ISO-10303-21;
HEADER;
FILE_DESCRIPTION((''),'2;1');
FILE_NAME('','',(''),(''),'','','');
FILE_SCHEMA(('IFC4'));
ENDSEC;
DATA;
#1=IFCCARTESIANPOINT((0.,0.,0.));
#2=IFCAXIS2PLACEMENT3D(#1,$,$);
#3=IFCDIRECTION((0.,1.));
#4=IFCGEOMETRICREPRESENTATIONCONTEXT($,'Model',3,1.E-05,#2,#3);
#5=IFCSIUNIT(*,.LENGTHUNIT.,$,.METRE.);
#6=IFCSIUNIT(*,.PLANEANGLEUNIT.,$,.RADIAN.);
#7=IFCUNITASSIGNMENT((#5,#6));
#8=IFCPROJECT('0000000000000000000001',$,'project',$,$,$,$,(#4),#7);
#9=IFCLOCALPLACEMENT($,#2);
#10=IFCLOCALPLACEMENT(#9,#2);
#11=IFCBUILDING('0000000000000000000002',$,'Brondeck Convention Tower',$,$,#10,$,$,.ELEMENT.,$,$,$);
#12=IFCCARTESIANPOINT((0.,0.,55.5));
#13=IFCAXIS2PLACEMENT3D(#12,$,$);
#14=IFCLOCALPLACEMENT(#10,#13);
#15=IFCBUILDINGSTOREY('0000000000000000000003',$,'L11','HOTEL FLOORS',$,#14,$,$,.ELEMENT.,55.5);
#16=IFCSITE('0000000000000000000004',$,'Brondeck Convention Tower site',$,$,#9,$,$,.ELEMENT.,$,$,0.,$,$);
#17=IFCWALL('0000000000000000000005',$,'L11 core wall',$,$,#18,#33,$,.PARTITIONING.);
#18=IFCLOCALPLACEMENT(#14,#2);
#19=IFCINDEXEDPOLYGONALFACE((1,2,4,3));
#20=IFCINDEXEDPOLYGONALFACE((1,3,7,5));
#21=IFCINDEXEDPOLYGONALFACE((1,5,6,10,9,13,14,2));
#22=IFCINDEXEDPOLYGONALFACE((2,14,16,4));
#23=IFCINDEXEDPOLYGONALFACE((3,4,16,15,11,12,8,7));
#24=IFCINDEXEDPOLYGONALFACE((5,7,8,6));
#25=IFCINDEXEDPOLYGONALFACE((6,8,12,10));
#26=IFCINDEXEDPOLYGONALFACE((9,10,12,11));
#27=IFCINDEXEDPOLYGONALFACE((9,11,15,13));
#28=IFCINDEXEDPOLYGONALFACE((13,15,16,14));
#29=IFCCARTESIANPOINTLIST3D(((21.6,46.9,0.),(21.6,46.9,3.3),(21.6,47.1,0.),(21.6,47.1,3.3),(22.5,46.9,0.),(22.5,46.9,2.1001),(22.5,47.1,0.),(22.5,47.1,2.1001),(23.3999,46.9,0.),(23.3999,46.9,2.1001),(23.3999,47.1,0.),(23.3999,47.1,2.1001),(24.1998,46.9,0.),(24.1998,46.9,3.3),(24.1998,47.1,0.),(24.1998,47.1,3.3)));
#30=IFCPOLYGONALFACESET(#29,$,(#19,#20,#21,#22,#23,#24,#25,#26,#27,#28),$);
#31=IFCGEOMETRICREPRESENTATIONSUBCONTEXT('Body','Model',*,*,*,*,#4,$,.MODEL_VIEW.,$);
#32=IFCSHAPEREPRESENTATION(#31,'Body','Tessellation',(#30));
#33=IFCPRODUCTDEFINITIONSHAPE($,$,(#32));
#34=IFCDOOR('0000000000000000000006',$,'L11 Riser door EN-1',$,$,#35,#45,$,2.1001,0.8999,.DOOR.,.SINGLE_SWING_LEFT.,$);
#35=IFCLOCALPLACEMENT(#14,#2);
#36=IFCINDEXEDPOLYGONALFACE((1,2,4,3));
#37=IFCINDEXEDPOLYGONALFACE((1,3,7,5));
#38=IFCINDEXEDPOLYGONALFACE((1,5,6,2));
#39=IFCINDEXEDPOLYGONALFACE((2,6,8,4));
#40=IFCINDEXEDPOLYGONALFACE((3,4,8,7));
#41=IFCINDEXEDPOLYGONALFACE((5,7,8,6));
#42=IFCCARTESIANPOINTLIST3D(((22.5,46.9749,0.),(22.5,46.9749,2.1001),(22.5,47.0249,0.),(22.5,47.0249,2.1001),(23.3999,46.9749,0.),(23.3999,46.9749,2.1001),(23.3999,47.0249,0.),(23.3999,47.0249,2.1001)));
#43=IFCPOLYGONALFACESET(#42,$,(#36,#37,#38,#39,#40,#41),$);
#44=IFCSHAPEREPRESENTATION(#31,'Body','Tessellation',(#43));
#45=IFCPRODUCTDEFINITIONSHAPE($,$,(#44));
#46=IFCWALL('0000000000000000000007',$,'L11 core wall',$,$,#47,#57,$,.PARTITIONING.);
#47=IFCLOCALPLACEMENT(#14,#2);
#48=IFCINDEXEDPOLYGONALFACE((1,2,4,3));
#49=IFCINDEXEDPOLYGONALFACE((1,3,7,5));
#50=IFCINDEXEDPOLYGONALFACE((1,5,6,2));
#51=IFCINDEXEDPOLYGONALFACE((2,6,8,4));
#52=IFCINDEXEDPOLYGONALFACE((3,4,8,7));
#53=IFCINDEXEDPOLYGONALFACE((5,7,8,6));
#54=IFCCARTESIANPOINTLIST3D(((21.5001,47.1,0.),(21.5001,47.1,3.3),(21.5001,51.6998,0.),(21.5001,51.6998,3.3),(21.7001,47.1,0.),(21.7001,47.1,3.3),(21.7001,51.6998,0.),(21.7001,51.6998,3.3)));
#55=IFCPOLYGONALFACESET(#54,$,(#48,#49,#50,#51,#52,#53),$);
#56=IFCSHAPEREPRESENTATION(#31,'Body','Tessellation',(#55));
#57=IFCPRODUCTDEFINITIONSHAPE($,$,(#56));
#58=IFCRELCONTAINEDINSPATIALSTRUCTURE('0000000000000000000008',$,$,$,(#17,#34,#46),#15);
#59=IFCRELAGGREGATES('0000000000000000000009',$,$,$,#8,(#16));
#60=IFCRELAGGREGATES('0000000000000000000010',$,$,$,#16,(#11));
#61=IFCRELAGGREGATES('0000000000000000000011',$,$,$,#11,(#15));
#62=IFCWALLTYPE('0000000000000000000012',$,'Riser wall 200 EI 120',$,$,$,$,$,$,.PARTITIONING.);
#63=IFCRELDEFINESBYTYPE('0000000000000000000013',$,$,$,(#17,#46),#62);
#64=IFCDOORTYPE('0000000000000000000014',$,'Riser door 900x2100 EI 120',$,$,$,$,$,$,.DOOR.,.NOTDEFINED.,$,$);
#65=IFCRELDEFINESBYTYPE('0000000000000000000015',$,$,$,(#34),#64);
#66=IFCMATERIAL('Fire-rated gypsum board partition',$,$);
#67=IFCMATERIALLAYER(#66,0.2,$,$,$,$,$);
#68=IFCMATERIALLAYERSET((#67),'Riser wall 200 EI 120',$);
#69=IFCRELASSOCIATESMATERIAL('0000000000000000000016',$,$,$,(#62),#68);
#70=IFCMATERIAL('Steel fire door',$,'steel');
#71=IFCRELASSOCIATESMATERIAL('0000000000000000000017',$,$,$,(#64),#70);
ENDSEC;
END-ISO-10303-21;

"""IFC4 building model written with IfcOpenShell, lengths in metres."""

from ifc_helpers import new_model, si_unit, direction, frame, frame_2d, origin, place, context, subcontext, project, spatial, rectangle, extrude, material, layer, layer_set, type_object, element, fill, save


model = new_model("IFC4")

# Units and contexts
model_context = context("Model", 3, precision=1e-05, world=origin(), true_north=direction((0.0, 1.0)))
body_context = subcontext(model_context, "Body", "Model", "MODEL_VIEW")
ifc_project = project(units=[si_unit("LENGTHUNIT", "METRE"), si_unit("PLANEANGLEUNIT", "RADIAN")], contexts=[model_context])

# Site, building, storey
site_placement = place(None, origin())
site = spatial("IfcSite", under=ifc_project, at=site_placement, Name="Brondeck Convention Tower site", CompositionType="ELEMENT", RefElevation=0.0)
building_placement = place(site_placement, origin())
building = spatial("IfcBuilding", under=site, at=building_placement, Name="Brondeck Convention Tower", CompositionType="ELEMENT")
storey_placement = place(building_placement, frame((0.0, 0.0, 55.5)))
storey = spatial("IfcBuildingStorey", under=building, at=storey_placement, Name="L11", Description="HOTEL FLOORS", CompositionType="ELEMENT", Elevation=55.5)

# Shared definitions
ifc_material_1 = material(Name="Fire-rated gypsum board partition")

# Shared definitions
ifc_material_2 = material(Name="Steel fire door", Category="steel")

# Wall, opening, door
ifc_layer_1 = layer(ifc_material_1, 0.2)
ifc_layer_set_1 = layer_set([ifc_layer_1], Name="Riser wall 200 EI 120")
wall_type_1 = type_object("IfcWallType", Name="Riser wall 200 EI 120", PredefinedType="PARTITIONING", material=ifc_layer_set_1)
wall_1_placement = place(storey_placement, frame((21.6001, 47.0, 0.0), z_axis=(0.0, 0.0, 1.0), x_axis=(1.0, 0.0, 0.0)))
wall_1 = element("IfcWall", 1, at=wall_1_placement, inside=storey, type_object=wall_type_1, Name="L11 core wall", PredefinedType="PARTITIONING", context=body_context, shape_type="SweptSolid", body=[
    extrude(rectangle(XDim=2.5999, YDim=0.2, at=frame_2d((1.2998, 0.0))), origin(), (0.0, 0.0, 1.0), 3.3),
])
opening_1_placement = place(wall_1_placement, frame((0.8999, 0.0, 0.0)))
opening_1 = element("IfcOpeningElement", 2, at=opening_1_placement, cuts=wall_1, PredefinedType="OPENING", context=body_context, shape_type="SweptSolid", body=[
    extrude(rectangle(XDim=0.8999, YDim=2.1001, at=frame_2d((0.45, 1.05))), frame((0.0, 0.1099, 0.0), z_axis=(0.0, -1.0, 0.0), x_axis=(1.0, 0.0, 0.0)), (0.0, 0.0, 1.0), 0.22),
])
door_type_1 = type_object("IfcDoorType", Name="Riser door 900x2100 EI 120", OperationType="NOTDEFINED", PredefinedType="DOOR", material=ifc_material_2)
door_1_placement = place(opening_1_placement, origin())
door_1 = element("IfcDoor", 3, at=door_1_placement, inside=storey, type_object=door_type_1, Name="L11 Riser door EN-1", OperationType="SINGLE_SWING_LEFT", OverallHeight=2.1001, OverallWidth=0.8999, PredefinedType="DOOR", context=body_context, shape_type="SweptSolid", body=[
    extrude(rectangle(XDim=0.8999, YDim=2.1001, at=frame_2d((0.45, 1.05))), frame((0.0, 0.0249, 0.0), z_axis=(0.0, -1.0, 0.0), x_axis=(1.0, 0.0, 0.0)), (0.0, 0.0, 1.0), 0.05),
])
fill(opening_1, door_1)

# Wall
wall_2_placement = place(storey_placement, frame((21.6001, 47.1001, 0.0), z_axis=(0.0, 0.0, 1.0), x_axis=(0.0, 1.0, 0.0)))
element("IfcWall", 4, at=wall_2_placement, inside=storey, type_object=wall_type_1, Name="L11 core wall", PredefinedType="PARTITIONING", context=body_context, shape_type="SweptSolid", body=[
    extrude(rectangle(XDim=4.5999, YDim=0.2, at=frame_2d((2.2998, 0.0))), origin(), (0.0, 0.0, 1.0), 3.3),
])

save(model, "model.ifc")
